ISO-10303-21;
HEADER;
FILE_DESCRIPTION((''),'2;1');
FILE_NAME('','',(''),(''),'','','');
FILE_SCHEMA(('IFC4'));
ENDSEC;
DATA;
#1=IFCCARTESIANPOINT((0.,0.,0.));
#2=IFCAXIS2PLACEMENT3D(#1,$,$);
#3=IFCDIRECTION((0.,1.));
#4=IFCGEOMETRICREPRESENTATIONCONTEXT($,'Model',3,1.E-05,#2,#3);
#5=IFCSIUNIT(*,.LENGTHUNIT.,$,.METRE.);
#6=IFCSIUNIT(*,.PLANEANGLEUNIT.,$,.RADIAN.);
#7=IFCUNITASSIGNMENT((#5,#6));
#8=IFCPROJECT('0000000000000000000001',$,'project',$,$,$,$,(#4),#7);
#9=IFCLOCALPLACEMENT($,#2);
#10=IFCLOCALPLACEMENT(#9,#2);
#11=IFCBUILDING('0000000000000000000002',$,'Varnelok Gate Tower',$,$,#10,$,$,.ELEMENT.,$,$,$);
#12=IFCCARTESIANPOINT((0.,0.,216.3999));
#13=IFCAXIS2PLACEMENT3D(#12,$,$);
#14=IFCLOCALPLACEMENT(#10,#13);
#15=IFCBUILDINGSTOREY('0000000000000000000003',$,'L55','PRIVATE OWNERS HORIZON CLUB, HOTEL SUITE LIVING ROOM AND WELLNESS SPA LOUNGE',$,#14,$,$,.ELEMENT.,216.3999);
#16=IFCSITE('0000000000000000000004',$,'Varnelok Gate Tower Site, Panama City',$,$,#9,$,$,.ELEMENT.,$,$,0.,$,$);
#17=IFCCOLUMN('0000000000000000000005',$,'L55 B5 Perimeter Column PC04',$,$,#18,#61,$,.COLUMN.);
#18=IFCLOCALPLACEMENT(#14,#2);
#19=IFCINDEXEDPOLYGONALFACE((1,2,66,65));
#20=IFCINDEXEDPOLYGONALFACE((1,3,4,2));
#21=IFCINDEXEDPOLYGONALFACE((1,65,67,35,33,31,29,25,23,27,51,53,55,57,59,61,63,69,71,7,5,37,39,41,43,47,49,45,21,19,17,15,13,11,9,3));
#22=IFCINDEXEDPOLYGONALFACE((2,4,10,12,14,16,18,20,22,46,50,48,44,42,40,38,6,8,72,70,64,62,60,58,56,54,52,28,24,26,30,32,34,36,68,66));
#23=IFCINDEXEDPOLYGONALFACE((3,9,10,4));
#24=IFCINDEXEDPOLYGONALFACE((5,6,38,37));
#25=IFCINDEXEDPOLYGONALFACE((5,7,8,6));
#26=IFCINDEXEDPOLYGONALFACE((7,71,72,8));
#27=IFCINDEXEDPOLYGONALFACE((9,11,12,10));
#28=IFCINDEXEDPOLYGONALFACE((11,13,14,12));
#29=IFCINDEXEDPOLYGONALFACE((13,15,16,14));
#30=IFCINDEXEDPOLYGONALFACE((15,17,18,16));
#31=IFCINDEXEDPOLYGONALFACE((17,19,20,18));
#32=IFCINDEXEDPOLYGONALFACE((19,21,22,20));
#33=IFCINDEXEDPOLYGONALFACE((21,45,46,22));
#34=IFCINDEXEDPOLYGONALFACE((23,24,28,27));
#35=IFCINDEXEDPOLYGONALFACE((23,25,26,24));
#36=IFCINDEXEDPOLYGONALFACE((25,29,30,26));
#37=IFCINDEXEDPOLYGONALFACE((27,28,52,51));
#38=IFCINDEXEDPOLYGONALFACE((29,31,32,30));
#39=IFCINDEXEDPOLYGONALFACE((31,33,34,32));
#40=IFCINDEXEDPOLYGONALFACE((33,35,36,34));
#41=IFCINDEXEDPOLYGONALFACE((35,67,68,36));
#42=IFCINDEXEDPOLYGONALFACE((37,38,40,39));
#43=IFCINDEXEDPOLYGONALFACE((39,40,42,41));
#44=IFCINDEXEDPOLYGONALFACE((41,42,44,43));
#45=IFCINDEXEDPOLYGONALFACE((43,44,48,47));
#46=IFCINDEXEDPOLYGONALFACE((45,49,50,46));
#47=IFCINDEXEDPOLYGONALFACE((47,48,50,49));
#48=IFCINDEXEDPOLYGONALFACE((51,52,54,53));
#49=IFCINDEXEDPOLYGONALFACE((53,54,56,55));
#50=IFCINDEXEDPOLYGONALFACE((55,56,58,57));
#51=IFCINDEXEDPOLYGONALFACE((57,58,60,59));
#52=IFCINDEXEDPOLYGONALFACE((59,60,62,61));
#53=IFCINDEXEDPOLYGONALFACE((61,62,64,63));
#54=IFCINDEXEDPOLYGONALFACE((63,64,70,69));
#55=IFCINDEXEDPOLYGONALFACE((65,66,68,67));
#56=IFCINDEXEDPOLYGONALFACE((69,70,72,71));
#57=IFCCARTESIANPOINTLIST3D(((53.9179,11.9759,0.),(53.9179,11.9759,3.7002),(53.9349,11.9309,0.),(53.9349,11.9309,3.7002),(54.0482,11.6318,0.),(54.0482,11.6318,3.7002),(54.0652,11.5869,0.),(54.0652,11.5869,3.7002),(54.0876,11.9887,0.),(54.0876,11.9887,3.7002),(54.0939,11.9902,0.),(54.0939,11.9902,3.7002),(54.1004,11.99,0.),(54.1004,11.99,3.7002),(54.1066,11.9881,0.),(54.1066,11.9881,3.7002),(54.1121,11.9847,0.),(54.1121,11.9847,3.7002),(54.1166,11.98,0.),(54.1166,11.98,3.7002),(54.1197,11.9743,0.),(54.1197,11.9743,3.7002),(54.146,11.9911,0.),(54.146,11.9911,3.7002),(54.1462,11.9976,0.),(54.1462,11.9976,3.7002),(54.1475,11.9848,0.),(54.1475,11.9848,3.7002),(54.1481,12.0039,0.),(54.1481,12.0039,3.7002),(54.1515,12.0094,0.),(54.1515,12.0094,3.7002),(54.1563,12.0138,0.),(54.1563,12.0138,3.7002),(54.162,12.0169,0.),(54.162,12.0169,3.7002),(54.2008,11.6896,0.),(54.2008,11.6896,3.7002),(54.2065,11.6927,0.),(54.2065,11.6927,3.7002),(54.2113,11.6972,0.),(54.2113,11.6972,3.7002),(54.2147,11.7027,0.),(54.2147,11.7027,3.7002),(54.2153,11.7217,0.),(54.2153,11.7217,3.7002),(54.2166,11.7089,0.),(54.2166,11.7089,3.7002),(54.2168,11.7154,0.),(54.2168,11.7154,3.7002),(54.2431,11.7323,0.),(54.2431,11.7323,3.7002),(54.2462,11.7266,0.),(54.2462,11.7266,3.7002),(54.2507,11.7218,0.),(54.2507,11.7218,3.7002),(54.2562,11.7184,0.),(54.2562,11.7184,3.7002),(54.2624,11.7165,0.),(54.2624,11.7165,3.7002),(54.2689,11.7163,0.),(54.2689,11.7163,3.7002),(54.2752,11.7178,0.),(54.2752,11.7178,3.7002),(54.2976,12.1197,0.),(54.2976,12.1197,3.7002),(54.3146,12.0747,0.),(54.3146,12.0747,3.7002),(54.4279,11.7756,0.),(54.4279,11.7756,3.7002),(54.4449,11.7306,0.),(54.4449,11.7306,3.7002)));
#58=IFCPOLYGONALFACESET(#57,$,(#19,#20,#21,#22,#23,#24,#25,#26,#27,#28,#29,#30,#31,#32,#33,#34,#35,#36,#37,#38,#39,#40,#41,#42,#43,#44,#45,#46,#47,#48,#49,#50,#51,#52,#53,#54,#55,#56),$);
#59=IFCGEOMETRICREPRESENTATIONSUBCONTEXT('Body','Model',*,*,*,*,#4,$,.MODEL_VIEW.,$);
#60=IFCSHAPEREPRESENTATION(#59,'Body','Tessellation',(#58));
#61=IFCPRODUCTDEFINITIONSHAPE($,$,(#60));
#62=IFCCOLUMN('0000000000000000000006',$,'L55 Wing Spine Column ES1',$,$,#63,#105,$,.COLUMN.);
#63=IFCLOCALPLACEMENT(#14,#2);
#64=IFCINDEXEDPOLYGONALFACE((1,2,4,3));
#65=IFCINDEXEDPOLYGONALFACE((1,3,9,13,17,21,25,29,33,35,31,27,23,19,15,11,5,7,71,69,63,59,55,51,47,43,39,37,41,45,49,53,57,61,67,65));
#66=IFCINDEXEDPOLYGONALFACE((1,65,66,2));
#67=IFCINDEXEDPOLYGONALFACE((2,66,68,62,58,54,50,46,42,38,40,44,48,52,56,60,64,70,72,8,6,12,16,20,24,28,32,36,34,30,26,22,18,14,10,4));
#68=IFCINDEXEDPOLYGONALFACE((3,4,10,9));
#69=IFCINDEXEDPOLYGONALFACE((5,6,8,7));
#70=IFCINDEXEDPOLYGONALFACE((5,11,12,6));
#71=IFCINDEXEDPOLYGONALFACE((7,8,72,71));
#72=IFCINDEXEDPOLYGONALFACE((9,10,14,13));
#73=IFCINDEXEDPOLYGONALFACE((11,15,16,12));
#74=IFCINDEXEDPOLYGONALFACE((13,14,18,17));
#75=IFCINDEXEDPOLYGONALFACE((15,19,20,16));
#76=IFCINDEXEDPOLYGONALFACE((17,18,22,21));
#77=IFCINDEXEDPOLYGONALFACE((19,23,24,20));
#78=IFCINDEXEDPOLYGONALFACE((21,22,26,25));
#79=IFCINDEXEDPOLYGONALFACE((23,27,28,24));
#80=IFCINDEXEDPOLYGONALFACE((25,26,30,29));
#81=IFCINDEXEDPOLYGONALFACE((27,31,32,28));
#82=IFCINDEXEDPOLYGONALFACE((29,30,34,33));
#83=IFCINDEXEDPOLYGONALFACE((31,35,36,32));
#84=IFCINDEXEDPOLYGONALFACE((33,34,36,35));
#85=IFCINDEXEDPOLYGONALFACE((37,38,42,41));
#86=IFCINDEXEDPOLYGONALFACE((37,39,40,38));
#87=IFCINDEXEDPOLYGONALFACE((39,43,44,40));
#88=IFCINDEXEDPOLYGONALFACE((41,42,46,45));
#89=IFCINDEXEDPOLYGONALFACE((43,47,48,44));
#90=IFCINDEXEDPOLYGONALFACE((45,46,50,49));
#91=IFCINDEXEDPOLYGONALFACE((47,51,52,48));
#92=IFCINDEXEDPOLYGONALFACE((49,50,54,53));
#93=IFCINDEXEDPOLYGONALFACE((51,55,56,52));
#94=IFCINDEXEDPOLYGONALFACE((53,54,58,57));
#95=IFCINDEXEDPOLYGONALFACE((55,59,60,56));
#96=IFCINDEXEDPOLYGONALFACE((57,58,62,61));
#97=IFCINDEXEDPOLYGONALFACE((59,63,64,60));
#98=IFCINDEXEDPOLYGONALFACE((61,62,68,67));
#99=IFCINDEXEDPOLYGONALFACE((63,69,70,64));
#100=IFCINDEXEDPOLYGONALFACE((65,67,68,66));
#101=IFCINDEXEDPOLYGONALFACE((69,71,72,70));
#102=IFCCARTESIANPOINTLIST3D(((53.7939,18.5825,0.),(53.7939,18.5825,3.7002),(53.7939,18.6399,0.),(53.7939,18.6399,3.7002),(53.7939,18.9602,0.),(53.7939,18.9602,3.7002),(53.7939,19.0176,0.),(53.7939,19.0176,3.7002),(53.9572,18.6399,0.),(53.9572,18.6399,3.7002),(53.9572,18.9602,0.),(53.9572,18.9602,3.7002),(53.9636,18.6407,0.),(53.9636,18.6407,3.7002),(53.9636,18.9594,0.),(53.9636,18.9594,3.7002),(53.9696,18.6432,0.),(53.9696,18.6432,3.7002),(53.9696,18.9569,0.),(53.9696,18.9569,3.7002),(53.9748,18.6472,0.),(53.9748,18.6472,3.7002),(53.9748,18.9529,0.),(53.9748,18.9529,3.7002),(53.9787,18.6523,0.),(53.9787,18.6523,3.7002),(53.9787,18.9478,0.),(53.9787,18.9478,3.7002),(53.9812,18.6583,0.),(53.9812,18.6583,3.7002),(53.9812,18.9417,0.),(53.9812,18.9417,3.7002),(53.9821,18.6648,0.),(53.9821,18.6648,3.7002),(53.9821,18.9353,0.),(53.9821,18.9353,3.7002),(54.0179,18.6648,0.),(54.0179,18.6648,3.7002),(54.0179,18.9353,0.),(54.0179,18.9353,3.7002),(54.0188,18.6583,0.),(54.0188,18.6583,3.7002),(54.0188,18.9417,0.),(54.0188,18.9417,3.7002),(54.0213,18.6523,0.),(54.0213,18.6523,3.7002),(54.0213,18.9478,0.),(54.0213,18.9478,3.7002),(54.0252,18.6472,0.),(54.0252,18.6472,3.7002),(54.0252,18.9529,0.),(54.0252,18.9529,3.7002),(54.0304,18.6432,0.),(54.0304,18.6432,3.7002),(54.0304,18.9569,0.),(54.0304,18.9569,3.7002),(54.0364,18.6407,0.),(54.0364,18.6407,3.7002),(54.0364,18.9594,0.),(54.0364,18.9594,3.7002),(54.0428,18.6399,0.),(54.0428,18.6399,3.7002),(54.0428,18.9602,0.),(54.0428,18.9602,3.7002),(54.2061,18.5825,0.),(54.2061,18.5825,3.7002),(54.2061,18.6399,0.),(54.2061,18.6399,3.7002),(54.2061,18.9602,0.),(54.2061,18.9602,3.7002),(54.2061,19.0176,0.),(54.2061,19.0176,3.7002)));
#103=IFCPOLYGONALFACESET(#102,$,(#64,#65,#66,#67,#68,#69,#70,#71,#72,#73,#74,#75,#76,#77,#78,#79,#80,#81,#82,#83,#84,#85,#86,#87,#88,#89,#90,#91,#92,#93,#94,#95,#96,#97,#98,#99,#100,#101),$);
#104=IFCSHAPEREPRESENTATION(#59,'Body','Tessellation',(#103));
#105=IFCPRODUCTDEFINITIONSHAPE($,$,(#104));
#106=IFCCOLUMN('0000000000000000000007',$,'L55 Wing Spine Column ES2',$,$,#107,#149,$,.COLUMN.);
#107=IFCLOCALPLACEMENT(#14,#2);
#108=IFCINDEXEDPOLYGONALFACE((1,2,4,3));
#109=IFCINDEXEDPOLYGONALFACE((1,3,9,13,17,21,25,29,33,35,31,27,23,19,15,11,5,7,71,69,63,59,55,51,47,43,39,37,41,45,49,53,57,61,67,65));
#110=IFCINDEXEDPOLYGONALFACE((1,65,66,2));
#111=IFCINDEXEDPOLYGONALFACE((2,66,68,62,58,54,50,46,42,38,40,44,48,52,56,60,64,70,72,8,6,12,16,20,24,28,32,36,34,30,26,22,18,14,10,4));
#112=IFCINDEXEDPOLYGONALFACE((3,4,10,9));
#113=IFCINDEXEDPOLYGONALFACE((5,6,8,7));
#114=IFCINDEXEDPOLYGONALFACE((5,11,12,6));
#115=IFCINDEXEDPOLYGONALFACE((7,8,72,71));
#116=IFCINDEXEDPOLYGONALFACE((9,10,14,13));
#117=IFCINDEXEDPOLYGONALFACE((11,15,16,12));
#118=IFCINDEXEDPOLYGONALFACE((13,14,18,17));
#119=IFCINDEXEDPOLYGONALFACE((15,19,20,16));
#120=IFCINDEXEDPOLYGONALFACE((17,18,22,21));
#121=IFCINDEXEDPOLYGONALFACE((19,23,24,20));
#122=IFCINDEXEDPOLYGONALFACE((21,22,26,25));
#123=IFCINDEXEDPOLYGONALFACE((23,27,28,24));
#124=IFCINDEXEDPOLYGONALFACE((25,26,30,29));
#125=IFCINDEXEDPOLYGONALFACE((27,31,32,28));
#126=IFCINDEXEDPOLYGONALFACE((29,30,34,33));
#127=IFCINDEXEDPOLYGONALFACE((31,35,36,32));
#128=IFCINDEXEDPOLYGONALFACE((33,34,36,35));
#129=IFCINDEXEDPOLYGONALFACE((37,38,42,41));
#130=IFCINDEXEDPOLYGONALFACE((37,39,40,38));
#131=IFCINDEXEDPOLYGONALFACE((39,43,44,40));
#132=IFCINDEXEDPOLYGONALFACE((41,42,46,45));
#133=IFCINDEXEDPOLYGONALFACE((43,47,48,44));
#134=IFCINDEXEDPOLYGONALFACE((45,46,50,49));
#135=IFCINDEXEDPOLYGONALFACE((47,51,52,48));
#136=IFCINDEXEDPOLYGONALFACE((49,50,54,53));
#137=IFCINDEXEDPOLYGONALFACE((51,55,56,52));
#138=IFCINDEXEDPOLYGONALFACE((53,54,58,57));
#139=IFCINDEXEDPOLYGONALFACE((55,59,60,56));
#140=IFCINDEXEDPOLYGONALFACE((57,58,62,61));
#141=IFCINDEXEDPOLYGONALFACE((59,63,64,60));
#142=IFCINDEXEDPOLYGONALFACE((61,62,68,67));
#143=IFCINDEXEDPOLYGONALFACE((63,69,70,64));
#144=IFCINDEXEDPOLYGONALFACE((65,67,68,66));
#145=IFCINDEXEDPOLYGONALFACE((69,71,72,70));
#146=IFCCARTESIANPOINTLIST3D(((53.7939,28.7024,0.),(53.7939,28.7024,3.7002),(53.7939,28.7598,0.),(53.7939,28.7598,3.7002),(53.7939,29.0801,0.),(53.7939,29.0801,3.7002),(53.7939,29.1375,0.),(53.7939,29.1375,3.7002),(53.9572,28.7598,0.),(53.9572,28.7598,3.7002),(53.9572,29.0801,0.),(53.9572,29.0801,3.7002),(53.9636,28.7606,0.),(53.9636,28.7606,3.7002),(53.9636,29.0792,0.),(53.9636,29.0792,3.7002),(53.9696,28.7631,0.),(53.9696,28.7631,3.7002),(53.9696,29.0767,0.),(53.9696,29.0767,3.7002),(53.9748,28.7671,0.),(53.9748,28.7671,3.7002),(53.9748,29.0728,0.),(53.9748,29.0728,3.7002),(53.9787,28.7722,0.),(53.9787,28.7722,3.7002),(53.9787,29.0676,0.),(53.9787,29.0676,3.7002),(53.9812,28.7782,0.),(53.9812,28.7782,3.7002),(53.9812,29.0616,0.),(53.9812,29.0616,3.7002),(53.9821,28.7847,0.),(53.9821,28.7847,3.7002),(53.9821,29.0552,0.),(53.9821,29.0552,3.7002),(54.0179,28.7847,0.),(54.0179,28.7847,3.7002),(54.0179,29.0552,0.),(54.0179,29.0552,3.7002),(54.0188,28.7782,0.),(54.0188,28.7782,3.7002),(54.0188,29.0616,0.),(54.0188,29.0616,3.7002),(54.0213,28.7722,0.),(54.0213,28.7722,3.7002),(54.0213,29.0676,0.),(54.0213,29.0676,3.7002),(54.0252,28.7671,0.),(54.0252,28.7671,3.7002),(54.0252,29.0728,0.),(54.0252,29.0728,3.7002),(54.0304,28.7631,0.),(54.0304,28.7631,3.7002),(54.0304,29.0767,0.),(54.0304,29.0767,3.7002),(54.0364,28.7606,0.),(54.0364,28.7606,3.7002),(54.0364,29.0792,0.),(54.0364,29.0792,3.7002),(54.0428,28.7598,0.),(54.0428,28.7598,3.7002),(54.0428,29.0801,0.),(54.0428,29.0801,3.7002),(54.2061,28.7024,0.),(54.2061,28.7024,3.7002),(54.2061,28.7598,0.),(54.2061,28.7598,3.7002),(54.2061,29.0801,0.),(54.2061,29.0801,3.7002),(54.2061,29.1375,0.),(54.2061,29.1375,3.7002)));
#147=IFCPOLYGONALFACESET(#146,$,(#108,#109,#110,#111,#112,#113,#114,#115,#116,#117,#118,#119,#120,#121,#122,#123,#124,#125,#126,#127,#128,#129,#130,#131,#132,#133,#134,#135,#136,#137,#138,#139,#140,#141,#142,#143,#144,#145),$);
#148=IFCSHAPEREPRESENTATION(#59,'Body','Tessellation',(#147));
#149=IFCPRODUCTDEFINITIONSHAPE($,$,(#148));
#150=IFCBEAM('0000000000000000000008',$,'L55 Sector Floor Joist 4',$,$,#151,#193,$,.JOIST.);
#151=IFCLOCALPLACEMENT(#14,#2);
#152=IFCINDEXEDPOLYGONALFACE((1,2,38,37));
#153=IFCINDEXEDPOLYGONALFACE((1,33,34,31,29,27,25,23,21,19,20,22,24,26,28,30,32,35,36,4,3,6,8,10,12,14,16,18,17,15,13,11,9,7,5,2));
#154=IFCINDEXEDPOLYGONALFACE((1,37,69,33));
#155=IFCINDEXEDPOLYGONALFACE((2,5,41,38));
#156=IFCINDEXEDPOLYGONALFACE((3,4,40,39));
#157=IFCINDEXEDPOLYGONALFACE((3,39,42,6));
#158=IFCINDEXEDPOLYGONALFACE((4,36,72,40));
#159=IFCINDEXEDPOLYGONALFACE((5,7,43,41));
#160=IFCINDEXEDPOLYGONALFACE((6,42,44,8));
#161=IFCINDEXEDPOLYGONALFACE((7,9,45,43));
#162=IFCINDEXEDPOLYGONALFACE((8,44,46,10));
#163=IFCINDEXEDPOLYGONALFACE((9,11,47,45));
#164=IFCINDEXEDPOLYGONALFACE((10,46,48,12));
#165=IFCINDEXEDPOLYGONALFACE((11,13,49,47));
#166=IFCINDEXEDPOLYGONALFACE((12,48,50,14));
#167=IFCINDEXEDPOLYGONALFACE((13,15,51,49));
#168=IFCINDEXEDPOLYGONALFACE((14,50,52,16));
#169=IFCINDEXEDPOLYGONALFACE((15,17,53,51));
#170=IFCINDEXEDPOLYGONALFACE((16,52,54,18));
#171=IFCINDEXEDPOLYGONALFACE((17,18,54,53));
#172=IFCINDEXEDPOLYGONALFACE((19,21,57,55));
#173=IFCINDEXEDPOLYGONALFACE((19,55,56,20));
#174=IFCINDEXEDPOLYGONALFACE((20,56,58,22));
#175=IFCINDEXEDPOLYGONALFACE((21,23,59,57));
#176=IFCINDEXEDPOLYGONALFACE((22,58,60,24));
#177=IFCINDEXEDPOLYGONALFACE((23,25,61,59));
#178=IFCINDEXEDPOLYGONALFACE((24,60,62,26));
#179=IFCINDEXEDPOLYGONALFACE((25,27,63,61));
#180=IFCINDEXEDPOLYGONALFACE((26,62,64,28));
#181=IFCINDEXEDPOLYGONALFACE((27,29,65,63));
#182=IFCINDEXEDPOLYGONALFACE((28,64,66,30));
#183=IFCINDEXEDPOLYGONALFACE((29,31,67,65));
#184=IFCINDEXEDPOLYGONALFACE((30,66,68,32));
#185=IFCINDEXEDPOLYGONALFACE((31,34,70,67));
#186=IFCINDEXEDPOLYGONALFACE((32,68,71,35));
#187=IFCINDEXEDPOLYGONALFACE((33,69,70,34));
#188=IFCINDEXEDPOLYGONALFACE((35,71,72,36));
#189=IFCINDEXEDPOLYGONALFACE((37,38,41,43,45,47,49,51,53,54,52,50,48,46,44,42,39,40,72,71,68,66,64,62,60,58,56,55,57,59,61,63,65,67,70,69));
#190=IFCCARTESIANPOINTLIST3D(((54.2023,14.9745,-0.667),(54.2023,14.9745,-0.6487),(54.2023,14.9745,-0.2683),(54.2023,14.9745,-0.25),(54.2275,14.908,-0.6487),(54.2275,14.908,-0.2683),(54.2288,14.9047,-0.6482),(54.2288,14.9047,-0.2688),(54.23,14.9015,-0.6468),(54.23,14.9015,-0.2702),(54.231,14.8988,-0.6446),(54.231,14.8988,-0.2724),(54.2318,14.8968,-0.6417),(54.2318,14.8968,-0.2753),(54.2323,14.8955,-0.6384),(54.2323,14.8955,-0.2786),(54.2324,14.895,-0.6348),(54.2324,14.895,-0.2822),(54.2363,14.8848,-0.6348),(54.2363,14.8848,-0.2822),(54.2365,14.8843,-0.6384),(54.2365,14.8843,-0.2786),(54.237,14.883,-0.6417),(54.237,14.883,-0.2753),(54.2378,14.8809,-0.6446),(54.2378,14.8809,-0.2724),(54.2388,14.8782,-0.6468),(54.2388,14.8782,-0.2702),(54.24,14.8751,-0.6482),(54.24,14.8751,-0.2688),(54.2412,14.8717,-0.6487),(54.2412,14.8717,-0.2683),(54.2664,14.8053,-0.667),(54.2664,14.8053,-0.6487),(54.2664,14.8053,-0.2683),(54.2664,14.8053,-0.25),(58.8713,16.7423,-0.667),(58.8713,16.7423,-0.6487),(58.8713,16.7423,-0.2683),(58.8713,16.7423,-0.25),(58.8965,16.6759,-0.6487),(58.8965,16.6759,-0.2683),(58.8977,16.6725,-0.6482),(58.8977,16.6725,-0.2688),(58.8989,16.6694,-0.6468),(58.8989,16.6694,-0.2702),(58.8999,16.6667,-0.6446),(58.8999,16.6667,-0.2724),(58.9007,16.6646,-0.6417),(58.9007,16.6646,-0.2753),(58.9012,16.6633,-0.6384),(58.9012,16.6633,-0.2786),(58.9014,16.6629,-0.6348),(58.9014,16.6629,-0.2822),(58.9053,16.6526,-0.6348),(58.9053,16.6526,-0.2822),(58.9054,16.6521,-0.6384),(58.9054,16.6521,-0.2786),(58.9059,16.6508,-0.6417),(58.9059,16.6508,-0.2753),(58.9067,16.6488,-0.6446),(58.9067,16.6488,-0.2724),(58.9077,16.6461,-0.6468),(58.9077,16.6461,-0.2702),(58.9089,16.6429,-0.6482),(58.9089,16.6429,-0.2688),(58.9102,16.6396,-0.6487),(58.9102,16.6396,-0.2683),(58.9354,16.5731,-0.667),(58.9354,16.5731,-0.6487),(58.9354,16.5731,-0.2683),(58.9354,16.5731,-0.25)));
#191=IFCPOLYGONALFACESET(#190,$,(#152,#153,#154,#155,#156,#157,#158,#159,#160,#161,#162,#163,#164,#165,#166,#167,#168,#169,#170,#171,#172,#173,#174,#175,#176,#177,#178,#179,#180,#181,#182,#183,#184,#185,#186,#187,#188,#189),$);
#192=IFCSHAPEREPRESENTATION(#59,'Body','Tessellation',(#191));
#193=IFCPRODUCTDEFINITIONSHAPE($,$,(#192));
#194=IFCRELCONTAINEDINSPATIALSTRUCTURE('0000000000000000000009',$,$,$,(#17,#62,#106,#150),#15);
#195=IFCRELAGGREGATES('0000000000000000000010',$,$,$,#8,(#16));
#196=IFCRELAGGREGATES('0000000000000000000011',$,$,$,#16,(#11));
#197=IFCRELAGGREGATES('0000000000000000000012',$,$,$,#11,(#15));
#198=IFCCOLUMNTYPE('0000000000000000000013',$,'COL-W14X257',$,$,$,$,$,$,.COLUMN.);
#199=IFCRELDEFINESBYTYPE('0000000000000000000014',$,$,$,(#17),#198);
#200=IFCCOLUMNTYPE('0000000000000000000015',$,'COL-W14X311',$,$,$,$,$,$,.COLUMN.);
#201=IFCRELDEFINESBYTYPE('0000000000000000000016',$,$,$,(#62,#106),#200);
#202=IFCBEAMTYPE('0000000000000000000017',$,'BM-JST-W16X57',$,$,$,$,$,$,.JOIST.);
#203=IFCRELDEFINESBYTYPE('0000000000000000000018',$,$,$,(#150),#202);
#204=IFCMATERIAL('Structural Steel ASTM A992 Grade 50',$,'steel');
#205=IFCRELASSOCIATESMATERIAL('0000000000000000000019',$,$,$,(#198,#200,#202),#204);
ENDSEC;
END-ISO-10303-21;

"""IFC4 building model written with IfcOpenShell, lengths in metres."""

from ifc_helpers import new_model, si_unit, direction, frame, origin, origin_2d, place, context, subcontext, project, spatial, i_section, extrude, material, material_profile, profile_set, type_object, element, save


model = new_model("IFC4")

# Units and contexts
model_context = context("Model", 3, precision=1e-05, world=origin(), true_north=direction((0.0, 1.0)))
body_context = subcontext(model_context, "Body", "Model", "MODEL_VIEW")
ifc_project = project(units=[si_unit("LENGTHUNIT", "METRE"), si_unit("PLANEANGLEUNIT", "RADIAN")], contexts=[model_context])

# Site, building, storey
site_placement = place(None, origin())
site = spatial("IfcSite", under=ifc_project, at=site_placement, Name="Varnelok Gate Tower Site, Panama City", CompositionType="ELEMENT", RefElevation=0.0)
building_placement = place(site_placement, origin())
building = spatial("IfcBuilding", under=site, at=building_placement, Name="Varnelok Gate Tower", CompositionType="ELEMENT")
storey_placement = place(building_placement, frame((0.0, 0.0, 216.3999)))
storey = spatial("IfcBuildingStorey", under=building, at=storey_placement, Name="L55", Description="PRIVATE OWNERS HORIZON CLUB, HOTEL SUITE LIVING ROOM AND WELLNESS SPA LOUNGE", CompositionType="ELEMENT", Elevation=216.3999)

# Columns
ifc_material_1 = material(Name="Structural Steel ASTM A992 Grade 50", Category="steel")
ifc_material_profile_1 = material_profile(ifc_material_1, i_section(OverallWidth=0.406, OverallDepth=0.416, WebThickness=0.0298, FlangeThickness=0.0481, FilletRadius=0.0249, at=origin_2d()), Name="W14X257")
ifc_profile_set_1 = profile_set([ifc_material_profile_1], Name="Structural Steel ASTM A992 Grade 50")
column_type_1 = type_object("IfcColumnType", Name="COL-W14X257", PredefinedType="COLUMN", material=ifc_profile_set_1)
column_placement = place(storey_placement, frame((54.1814, 11.8533, 0.0), z_axis=(0.0, 0.0, 1.0), x_axis=(0.935222, 0.354063, 0.0)))
element("IfcColumn", 1, at=column_placement, inside=storey, type_object=column_type_1, Name="L55 B5 Perimeter Column PC04", PredefinedType="COLUMN", context=body_context, shape_type="SweptSolid", body=[
    extrude(i_section(OverallWidth=0.406, OverallDepth=0.416, WebThickness=0.0298, FlangeThickness=0.0481, FilletRadius=0.0249, at=origin_2d()), origin(), (0.0, 0.0, 1.0), 3.7002),
])
ifc_material_profile_2 = material_profile(ifc_material_1, i_section(OverallWidth=0.4121, OverallDepth=0.4351, WebThickness=0.0359, FlangeThickness=0.0574, FilletRadius=0.0249, at=origin_2d()), Name="W14X311")
ifc_profile_set_2 = profile_set([ifc_material_profile_2], Name="Structural Steel ASTM A992 Grade 50")
column_type_2 = type_object("IfcColumnType", Name="COL-W14X311", PredefinedType="COLUMN", material=ifc_profile_set_2)
for number, where, z_axis, x_axis, name in (
    (2, (54.0, 18.8, 0.0), (0.0, 0.0, 1.0), (1.0, 0.0, 0.0), "L55 Wing Spine Column ES1"),
    (3, (54.0, 28.9199, 0.0), (0.0, 0.0, 1.0), (1.0, 0.0, 0.0), "L55 Wing Spine Column ES2"),
):
    element("IfcColumn", number, at=place(storey_placement, frame(where, z_axis=z_axis, x_axis=x_axis)), inside=storey, type_object=column_type_2, Name=name, PredefinedType="COLUMN", context=body_context, shape_type="SweptSolid", body=[
        extrude(i_section(OverallWidth=0.4121, OverallDepth=0.4351, WebThickness=0.0359, FlangeThickness=0.0574, FilletRadius=0.0249, at=origin_2d()), origin(), (0.0, 0.0, 1.0), 3.7002),
    ])

# Beam
ifc_material_profile_3 = material_profile(ifc_material_1, i_section(OverallWidth=0.1809, OverallDepth=0.417, WebThickness=0.011, FlangeThickness=0.0183, FilletRadius=0.0139, at=origin_2d()), Name="W16X57")
ifc_profile_set_3 = profile_set([ifc_material_profile_3], Name="Structural Steel ASTM A992 Grade 50")
beam_type_1 = type_object("IfcBeamType", Name="BM-JST-W16X57", PredefinedType="JOIST", material=ifc_profile_set_3)
beam_1_placement = place(storey_placement, frame((54.2344, 14.8899, -0.4585), z_axis=(0.935207, 0.354101, 0.0), x_axis=(-0.354101, 0.935207, 0.0)))
element("IfcBeam", 4, at=beam_1_placement, inside=storey, type_object=beam_type_1, Name="L55 Sector Floor Joist 4", PredefinedType="JOIST", context=body_context, shape_type="SweptSolid", body=[
    extrude(i_section(OverallWidth=0.1809, OverallDepth=0.417, WebThickness=0.011, FlangeThickness=0.0183, FilletRadius=0.0139, at=origin_2d()), origin(), (0.0, 0.0, 1.0), 4.9924),
])

save(model, "model.ifc")
